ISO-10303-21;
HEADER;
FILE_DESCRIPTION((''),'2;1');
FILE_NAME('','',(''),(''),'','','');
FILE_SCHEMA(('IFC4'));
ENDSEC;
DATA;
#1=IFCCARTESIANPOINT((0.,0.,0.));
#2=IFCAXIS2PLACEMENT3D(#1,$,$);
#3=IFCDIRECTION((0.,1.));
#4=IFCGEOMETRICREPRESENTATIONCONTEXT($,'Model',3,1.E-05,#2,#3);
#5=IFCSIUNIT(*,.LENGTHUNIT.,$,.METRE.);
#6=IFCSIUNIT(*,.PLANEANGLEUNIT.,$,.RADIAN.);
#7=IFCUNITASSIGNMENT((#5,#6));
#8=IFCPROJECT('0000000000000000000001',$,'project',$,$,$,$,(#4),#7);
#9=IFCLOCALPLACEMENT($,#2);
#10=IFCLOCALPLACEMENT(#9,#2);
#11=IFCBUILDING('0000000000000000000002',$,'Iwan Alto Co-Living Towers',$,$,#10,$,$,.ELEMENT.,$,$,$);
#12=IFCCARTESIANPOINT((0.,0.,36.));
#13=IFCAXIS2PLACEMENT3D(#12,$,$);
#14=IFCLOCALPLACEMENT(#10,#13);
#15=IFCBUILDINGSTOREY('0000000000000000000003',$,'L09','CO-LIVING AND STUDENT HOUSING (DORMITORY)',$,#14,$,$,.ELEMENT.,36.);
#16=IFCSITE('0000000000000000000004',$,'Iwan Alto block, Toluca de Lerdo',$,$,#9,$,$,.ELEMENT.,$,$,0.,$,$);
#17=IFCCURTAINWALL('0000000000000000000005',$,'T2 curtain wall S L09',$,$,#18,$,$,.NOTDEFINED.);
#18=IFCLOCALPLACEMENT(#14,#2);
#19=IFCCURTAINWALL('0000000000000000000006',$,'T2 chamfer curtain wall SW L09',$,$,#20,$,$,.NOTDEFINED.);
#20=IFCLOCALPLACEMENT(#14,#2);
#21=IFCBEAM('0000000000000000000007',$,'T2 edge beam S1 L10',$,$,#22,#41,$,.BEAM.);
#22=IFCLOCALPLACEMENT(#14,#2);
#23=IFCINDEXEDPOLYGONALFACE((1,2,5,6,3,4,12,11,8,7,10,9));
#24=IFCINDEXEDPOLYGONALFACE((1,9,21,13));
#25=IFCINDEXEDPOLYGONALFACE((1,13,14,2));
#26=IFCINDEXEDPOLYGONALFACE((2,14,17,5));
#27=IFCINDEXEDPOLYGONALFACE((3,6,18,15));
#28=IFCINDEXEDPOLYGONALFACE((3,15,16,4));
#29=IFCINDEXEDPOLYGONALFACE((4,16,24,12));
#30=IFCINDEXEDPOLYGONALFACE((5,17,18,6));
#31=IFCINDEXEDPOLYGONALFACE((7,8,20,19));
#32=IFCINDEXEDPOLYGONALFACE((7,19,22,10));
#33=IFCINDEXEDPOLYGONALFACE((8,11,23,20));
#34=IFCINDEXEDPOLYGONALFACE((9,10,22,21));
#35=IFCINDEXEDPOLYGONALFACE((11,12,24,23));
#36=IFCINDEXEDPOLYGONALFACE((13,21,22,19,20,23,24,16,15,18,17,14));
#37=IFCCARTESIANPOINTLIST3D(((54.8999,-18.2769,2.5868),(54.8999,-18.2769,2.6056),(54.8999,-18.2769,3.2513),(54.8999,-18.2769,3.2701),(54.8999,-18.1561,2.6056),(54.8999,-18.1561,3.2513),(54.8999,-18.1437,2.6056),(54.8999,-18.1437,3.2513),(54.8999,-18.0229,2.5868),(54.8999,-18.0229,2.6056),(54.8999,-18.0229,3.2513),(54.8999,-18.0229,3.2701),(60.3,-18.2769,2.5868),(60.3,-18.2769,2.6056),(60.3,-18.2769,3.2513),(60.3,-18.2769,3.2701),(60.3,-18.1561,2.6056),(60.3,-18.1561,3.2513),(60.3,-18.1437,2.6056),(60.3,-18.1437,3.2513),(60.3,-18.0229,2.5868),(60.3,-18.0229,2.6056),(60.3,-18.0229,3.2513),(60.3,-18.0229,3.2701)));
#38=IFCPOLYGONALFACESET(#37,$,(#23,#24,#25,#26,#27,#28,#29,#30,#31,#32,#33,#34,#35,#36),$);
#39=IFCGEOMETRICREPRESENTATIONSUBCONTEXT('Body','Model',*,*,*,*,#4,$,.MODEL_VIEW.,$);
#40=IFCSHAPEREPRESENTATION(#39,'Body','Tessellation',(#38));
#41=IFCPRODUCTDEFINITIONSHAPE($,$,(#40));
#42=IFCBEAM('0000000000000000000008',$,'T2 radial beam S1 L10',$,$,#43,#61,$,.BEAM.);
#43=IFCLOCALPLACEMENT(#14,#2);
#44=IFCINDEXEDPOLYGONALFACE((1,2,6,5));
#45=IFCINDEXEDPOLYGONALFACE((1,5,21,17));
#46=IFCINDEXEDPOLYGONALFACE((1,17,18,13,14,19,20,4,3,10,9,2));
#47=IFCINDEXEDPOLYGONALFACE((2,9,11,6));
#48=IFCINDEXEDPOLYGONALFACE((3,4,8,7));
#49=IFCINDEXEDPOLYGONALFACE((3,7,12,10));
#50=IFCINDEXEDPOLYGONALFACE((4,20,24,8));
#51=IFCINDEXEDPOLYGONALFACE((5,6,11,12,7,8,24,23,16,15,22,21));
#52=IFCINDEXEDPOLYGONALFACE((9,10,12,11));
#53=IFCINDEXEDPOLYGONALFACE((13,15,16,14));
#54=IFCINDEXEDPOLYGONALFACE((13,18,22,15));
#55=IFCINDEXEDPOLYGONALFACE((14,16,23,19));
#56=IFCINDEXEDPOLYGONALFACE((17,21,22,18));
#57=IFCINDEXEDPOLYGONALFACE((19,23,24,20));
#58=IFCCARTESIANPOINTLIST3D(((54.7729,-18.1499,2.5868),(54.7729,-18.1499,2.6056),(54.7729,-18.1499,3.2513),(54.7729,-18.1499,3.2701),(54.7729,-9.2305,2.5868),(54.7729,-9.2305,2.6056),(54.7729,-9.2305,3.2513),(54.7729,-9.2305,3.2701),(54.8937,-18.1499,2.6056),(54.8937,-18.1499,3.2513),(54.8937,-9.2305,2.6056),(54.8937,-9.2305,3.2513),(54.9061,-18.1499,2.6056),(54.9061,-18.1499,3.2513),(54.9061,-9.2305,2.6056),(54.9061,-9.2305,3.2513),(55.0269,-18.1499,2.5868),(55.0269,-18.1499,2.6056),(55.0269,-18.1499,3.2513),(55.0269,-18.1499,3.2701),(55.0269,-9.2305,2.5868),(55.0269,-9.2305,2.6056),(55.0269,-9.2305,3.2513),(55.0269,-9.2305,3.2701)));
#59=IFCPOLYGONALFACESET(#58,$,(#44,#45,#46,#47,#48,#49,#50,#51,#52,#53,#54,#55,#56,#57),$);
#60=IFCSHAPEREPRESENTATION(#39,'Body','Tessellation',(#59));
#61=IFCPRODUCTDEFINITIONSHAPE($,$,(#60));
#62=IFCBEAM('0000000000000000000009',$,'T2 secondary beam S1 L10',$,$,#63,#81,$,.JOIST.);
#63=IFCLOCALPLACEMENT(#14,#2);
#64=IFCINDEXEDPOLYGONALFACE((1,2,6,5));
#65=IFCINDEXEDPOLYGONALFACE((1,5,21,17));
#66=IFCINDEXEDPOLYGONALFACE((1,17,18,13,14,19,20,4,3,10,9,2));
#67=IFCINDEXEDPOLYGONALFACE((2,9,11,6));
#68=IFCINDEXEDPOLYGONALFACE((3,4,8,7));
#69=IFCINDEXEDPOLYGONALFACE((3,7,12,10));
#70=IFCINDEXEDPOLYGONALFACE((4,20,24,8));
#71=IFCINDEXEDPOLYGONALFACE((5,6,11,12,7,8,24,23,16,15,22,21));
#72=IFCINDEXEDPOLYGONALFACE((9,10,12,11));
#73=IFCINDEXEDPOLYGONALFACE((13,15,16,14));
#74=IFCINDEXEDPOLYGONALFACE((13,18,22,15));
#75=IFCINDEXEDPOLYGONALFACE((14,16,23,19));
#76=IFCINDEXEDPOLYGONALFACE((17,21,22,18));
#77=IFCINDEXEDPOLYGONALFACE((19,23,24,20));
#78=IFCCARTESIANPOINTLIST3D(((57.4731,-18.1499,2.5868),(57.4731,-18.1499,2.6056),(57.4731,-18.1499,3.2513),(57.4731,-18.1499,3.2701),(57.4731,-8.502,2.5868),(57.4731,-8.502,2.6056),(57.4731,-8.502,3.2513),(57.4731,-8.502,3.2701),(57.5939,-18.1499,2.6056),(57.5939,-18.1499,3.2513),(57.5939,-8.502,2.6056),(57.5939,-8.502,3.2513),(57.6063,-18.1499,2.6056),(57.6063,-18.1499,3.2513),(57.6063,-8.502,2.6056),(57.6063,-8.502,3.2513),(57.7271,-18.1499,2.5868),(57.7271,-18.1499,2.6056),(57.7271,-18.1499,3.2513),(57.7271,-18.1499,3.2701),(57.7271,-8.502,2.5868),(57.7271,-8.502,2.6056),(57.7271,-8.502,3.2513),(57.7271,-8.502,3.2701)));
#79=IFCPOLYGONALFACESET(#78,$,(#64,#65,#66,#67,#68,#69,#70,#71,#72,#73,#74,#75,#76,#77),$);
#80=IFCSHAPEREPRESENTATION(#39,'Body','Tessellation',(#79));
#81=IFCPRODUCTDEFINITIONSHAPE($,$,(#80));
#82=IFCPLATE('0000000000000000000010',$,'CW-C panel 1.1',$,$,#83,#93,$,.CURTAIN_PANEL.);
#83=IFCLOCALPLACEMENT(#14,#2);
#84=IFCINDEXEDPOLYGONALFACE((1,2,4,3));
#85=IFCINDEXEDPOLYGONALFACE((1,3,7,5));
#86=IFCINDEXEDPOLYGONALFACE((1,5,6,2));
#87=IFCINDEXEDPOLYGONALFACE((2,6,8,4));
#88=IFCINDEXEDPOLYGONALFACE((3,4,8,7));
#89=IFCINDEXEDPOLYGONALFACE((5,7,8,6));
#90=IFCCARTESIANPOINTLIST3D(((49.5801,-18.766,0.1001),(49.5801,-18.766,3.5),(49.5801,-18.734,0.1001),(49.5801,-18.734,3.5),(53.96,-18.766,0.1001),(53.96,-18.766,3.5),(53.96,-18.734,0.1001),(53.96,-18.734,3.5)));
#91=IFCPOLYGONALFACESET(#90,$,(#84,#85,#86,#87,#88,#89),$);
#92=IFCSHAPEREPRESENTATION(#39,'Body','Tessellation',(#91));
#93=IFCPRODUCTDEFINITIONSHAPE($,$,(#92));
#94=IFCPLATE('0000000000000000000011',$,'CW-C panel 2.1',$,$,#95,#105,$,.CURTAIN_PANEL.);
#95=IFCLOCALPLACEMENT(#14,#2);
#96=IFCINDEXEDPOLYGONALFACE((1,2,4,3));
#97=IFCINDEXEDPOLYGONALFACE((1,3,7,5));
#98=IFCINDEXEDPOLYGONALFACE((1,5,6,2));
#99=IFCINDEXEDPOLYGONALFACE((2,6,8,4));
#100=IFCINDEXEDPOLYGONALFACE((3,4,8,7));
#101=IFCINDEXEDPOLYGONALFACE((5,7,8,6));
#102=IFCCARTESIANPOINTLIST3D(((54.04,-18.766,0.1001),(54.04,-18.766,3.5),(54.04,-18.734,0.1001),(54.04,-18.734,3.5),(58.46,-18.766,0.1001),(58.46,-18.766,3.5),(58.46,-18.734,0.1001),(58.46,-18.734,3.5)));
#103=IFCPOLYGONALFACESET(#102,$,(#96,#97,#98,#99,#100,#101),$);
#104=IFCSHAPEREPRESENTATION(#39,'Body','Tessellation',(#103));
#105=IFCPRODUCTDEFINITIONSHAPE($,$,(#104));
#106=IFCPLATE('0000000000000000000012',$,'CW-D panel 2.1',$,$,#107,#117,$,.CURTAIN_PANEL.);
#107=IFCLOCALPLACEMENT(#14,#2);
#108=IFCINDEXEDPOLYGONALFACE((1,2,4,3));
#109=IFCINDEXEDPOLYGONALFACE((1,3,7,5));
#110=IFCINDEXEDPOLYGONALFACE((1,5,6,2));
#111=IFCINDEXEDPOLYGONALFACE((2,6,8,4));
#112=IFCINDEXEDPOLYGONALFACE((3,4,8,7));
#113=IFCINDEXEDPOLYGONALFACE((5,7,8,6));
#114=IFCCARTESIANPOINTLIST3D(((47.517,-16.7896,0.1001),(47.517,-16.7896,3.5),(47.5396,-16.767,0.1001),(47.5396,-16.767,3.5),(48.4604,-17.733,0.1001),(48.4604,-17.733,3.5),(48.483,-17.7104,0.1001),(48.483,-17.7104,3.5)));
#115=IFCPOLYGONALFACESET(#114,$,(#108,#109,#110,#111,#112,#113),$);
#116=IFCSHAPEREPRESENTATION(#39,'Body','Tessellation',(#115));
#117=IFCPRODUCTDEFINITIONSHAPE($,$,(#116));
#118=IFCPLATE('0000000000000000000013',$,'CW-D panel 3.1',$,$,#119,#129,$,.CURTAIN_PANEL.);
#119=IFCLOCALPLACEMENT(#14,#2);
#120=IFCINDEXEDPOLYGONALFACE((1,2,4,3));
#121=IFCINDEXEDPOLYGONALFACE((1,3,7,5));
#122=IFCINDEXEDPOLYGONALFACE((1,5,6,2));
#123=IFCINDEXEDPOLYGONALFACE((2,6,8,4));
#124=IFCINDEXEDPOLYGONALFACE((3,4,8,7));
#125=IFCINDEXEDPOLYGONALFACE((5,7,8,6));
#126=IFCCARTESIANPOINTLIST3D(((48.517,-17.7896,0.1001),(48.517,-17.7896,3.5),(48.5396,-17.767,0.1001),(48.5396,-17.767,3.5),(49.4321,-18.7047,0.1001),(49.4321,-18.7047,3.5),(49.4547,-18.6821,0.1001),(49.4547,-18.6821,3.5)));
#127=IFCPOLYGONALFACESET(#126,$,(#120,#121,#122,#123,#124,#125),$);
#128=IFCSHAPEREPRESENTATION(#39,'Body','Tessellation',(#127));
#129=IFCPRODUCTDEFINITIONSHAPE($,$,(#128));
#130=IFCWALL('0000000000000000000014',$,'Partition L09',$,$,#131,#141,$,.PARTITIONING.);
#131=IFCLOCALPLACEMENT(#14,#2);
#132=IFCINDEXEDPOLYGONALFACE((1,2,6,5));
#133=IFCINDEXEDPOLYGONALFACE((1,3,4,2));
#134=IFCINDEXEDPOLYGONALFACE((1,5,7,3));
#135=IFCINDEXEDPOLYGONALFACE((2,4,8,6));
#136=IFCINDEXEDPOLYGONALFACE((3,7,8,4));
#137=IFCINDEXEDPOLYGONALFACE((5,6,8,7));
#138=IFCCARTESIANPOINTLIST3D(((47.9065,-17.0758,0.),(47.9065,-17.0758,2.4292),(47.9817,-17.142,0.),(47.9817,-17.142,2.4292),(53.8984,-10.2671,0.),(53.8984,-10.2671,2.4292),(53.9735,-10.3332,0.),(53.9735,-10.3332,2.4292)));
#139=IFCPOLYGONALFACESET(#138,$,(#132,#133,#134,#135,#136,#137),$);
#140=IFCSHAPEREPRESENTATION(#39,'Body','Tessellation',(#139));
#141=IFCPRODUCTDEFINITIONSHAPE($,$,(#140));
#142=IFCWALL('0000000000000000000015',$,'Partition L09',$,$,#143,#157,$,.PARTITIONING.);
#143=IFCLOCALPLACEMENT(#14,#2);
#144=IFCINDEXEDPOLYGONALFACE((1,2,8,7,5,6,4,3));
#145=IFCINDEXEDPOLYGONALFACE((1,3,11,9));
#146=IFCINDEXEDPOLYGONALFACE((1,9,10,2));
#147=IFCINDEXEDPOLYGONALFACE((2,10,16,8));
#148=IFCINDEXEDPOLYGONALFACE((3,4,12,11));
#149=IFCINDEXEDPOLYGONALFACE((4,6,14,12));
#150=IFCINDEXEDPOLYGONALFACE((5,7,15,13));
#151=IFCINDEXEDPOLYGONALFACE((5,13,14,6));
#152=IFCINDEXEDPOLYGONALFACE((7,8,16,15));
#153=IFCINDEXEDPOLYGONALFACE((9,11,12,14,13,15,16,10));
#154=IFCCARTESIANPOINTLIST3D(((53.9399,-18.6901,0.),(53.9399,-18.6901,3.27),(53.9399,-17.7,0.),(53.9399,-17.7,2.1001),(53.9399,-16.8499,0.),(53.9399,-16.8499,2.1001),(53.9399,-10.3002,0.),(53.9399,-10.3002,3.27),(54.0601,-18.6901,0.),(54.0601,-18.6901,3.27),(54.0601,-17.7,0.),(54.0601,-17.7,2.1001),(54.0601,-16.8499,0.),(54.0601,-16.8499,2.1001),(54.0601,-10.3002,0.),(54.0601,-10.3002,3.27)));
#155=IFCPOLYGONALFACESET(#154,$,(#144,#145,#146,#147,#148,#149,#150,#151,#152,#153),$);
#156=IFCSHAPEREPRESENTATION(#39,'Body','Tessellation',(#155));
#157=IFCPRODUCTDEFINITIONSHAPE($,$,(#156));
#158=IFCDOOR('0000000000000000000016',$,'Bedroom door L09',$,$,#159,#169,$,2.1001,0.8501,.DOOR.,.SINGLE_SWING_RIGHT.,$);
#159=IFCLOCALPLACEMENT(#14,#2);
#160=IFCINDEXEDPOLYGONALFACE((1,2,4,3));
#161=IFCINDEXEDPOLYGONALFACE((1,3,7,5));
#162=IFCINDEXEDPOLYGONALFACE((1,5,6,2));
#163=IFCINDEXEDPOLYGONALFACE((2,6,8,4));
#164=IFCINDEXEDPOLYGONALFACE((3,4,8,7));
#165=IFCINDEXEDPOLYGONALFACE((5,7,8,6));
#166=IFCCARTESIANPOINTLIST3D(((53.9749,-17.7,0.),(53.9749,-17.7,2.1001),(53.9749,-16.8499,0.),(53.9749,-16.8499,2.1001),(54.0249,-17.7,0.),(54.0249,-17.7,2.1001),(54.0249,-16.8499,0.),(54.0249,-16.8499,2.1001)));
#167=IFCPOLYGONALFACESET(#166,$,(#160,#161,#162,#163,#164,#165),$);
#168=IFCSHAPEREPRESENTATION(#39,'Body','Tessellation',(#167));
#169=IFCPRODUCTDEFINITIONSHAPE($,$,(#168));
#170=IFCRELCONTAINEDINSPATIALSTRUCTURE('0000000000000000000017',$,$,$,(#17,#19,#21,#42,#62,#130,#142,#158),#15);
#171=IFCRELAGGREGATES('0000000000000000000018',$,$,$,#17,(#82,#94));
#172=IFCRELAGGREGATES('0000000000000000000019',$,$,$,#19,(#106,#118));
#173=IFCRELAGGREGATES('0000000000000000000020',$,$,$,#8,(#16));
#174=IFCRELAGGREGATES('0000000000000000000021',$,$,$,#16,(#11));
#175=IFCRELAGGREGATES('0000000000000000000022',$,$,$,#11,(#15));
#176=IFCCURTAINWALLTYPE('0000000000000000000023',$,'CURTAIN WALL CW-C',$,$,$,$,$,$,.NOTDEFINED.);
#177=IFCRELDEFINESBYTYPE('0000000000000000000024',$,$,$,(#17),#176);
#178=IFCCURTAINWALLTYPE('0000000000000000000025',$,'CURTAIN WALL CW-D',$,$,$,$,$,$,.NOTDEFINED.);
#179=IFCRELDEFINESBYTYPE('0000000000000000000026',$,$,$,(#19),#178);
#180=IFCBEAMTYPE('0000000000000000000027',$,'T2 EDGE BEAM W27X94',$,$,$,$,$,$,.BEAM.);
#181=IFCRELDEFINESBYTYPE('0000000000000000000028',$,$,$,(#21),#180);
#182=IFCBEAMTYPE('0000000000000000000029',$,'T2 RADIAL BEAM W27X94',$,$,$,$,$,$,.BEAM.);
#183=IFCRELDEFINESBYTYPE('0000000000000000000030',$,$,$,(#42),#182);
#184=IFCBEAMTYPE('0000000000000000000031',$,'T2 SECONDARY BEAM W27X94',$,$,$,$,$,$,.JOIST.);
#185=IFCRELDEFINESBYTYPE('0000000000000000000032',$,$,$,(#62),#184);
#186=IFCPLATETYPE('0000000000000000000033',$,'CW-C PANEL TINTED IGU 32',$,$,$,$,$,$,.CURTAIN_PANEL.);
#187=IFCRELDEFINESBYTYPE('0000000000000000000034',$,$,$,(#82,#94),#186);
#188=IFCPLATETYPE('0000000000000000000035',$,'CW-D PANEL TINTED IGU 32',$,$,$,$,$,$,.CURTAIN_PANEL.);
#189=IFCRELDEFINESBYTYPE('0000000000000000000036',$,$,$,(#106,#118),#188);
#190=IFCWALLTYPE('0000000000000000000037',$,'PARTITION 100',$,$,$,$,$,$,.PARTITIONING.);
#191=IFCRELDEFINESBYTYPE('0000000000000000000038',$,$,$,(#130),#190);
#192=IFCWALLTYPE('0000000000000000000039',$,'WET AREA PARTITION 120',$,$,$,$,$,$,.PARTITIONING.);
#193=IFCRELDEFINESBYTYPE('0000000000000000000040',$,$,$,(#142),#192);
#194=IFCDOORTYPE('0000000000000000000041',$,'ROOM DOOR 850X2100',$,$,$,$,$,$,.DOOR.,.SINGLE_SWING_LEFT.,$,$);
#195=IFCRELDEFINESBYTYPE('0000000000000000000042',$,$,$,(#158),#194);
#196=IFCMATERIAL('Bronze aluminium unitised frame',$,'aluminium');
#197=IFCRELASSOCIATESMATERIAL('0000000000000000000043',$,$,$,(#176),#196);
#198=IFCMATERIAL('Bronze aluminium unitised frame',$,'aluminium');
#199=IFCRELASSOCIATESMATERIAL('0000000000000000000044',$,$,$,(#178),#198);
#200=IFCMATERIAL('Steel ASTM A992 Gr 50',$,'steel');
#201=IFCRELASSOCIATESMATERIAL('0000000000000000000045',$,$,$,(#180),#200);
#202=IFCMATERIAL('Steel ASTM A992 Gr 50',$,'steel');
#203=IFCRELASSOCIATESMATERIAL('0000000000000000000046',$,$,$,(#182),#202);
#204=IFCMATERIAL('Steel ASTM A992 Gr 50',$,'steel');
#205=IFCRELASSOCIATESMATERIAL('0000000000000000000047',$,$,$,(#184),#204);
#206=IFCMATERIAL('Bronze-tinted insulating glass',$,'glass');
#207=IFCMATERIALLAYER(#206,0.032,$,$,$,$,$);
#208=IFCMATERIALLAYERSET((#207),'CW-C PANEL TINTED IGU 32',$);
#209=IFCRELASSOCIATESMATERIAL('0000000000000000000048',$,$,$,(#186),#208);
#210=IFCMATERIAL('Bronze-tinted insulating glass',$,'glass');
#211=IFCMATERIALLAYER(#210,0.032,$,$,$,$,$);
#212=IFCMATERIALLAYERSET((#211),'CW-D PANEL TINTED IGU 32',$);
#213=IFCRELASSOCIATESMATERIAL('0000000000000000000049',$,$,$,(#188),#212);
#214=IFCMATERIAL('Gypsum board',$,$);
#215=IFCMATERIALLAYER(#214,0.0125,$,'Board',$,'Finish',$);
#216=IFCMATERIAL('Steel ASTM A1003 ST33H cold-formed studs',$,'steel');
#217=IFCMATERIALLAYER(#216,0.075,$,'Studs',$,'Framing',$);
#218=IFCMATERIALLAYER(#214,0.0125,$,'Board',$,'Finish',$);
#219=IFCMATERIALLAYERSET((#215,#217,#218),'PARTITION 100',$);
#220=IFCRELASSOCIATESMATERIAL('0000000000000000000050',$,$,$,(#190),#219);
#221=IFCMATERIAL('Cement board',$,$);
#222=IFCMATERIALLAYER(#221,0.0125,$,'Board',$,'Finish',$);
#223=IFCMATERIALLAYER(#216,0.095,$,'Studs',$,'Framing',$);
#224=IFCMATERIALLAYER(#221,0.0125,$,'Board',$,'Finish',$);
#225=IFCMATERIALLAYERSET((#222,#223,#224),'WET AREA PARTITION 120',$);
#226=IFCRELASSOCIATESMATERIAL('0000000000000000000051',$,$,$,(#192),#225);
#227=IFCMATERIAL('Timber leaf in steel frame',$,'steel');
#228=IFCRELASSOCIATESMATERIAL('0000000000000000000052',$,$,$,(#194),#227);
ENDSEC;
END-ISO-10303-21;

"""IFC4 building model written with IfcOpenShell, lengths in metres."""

from ifc_helpers import new_model, si_unit, direction, frame, frame_2d, origin, origin_2d, place, context, subcontext, project, spatial, rectangle, i_section, extrude, material, layer, layer_set, material_profile, profile_set, type_object, element, fill, aggregate, save


model = new_model("IFC4")

# Units and contexts
model_context = context("Model", 3, precision=1e-05, world=origin(), true_north=direction((0.0, 1.0)))
body_context = subcontext(model_context, "Body", "Model", "MODEL_VIEW")
ifc_project = project(units=[si_unit("LENGTHUNIT", "METRE"), si_unit("PLANEANGLEUNIT", "RADIAN")], contexts=[model_context])

# Site, building, storey
site_placement = place(None, origin())
site = spatial("IfcSite", under=ifc_project, at=site_placement, Name="Iwan Alto block, Toluca de Lerdo", CompositionType="ELEMENT", RefElevation=0.0)
building_placement = place(site_placement, origin())
building = spatial("IfcBuilding", under=site, at=building_placement, Name="Iwan Alto Co-Living Towers", CompositionType="ELEMENT")
storey_placement = place(building_placement, frame((0.0, 0.0, 36.0)))
storey = spatial("IfcBuildingStorey", under=building, at=storey_placement, Name="L09", Description="CO-LIVING AND STUDENT HOUSING (DORMITORY)", CompositionType="ELEMENT", Elevation=36.0)

# Curtain walls
ifc_material_1 = material(Name="Bronze aluminium unitised frame", Category="aluminium")
curtain_wall_type_1 = type_object("IfcCurtainWallType", Name="CURTAIN WALL CW-C", PredefinedType="NOTDEFINED", material=ifc_material_1)
curtain_wall_1_placement = place(storey_placement, origin())
curtain_wall_1 = element("IfcCurtainWall", 1, at=curtain_wall_1_placement, inside=storey, type_object=curtain_wall_type_1, Name="T2 curtain wall S L09", PredefinedType="NOTDEFINED")
ifc_material_2 = material(Name="Bronze aluminium unitised frame", Category="aluminium")
curtain_wall_type_2 = type_object("IfcCurtainWallType", Name="CURTAIN WALL CW-D", PredefinedType="NOTDEFINED", material=ifc_material_2)
curtain_wall_2_placement = place(storey_placement, origin())
curtain_wall_2 = element("IfcCurtainWall", 2, at=curtain_wall_2_placement, inside=storey, type_object=curtain_wall_type_2, Name="T2 chamfer curtain wall SW L09", PredefinedType="NOTDEFINED")

# Beams
ifc_material_3 = material(Name="Steel ASTM A992 Gr 50", Category="steel")
ifc_material_profile_1 = material_profile(ifc_material_3, i_section(OverallWidth=0.2539, OverallDepth=0.6833, WebThickness=0.0125, FlangeThickness=0.0188, at=origin_2d()), Name="W27X94")
ifc_profile_set_1 = profile_set([ifc_material_profile_1], Name="Steel ASTM A992 Gr 50")
beam_type_1 = type_object("IfcBeamType", Name="T2 EDGE BEAM W27X94", PredefinedType="BEAM", material=ifc_profile_set_1)
beam_1_placement = place(storey_placement, frame((54.8999, -18.1499, 2.9285), z_axis=(1.0, 0.0, 0.0), x_axis=(0.0, 1.0, 0.0)))
element("IfcBeam", 3, at=beam_1_placement, inside=storey, type_object=beam_type_1, Name="T2 edge beam S1 L10", PredefinedType="BEAM", context=body_context, shape_type="SweptSolid", body=[
    extrude(i_section(OverallWidth=0.2539, OverallDepth=0.6833, WebThickness=0.0125, FlangeThickness=0.0188, at=origin_2d()), origin(), (0.0, 0.0, 1.0), 5.4001),
])
ifc_material_4 = material(Name="Steel ASTM A992 Gr 50", Category="steel")
ifc_material_profile_2 = material_profile(ifc_material_4, i_section(OverallWidth=0.2539, OverallDepth=0.6833, WebThickness=0.0125, FlangeThickness=0.0188, at=origin_2d()), Name="W27X94")
ifc_profile_set_2 = profile_set([ifc_material_profile_2], Name="Steel ASTM A992 Gr 50")
beam_type_2 = type_object("IfcBeamType", Name="T2 RADIAL BEAM W27X94", PredefinedType="BEAM", material=ifc_profile_set_2)
beam_2_placement = place(storey_placement, frame((54.8999, -18.1499, 2.9285), z_axis=(0.0, 1.0, 0.0), x_axis=(-1.0, 0.0, 0.0)))
element("IfcBeam", 4, at=beam_2_placement, inside=storey, type_object=beam_type_2, Name="T2 radial beam S1 L10", PredefinedType="BEAM", context=body_context, shape_type="SweptSolid", body=[
    extrude(i_section(OverallWidth=0.2539, OverallDepth=0.6833, WebThickness=0.0125, FlangeThickness=0.0188, at=origin_2d()), origin(), (0.0, 0.0, 1.0), 8.9194),
])
ifc_material_5 = material(Name="Steel ASTM A992 Gr 50", Category="steel")
ifc_material_profile_3 = material_profile(ifc_material_5, i_section(OverallWidth=0.2539, OverallDepth=0.6833, WebThickness=0.0125, FlangeThickness=0.0188, at=origin_2d()), Name="W27X94")
ifc_profile_set_3 = profile_set([ifc_material_profile_3], Name="Steel ASTM A992 Gr 50")
beam_type_3 = type_object("IfcBeamType", Name="T2 SECONDARY BEAM W27X94", PredefinedType="JOIST", material=ifc_profile_set_3)
beam_3_placement = place(storey_placement, frame((57.6001, -18.1499, 2.9285), z_axis=(0.0, 1.0, 0.0), x_axis=(-1.0, 0.0, 0.0)))
element("IfcBeam", 5, at=beam_3_placement, inside=storey, type_object=beam_type_3, Name="T2 secondary beam S1 L10", PredefinedType="JOIST", context=body_context, shape_type="SweptSolid", body=[
    extrude(i_section(OverallWidth=0.2539, OverallDepth=0.6833, WebThickness=0.0125, FlangeThickness=0.0188, at=origin_2d()), origin(), (0.0, 0.0, 1.0), 9.6479),
])

# Plates
ifc_material_6 = material(Name="Bronze-tinted insulating glass", Category="glass")
ifc_layer_1 = layer(ifc_material_6, 0.032)
ifc_layer_set_1 = layer_set([ifc_layer_1], Name="CW-C PANEL TINTED IGU 32")
plate_type_1 = type_object("IfcPlateType", Name="CW-C PANEL TINTED IGU 32", PredefinedType="CURTAIN_PANEL", material=ifc_layer_set_1)
plate_1_placement = place(storey_placement, frame((51.77, -18.75, 0.1001), z_axis=(0.0, 0.0, 1.0), x_axis=(1.0, 0.0, 0.0)))
plate_1 = element("IfcPlate", 6, at=plate_1_placement, type_object=plate_type_1, Name="CW-C panel 1.1", PredefinedType="CURTAIN_PANEL", context=body_context, shape_type="SweptSolid", body=[
    extrude(rectangle(XDim=4.3799, YDim=0.032, at=origin_2d()), origin(), (0.0, 0.0, 1.0), 3.3999),
])
plate_2_placement = place(storey_placement, frame((56.25, -18.75, 0.1001), z_axis=(0.0, 0.0, 1.0), x_axis=(1.0, 0.0, 0.0)))
plate_2 = element("IfcPlate", 7, at=plate_2_placement, type_object=plate_type_1, Name="CW-C panel 2.1", PredefinedType="CURTAIN_PANEL", context=body_context, shape_type="SweptSolid", body=[
    extrude(rectangle(XDim=4.4199, YDim=0.032, at=origin_2d()), origin(), (0.0, 0.0, 1.0), 3.3999),
])
aggregate(curtain_wall_1, [plate_1, plate_2])
ifc_material_7 = material(Name="Bronze-tinted insulating glass", Category="glass")
ifc_layer_2 = layer(ifc_material_7, 0.032)
ifc_layer_set_2 = layer_set([ifc_layer_2], Name="CW-D PANEL TINTED IGU 32")
plate_type_2 = type_object("IfcPlateType", Name="CW-D PANEL TINTED IGU 32", PredefinedType="CURTAIN_PANEL", material=ifc_layer_set_2)
plate_3_placement = place(storey_placement, frame((48.0, -17.25, 0.1001), z_axis=(0.0, 0.0, 1.0), x_axis=(0.707107, -0.707107, 0.0)))
plate_3 = element("IfcPlate", 8, at=plate_3_placement, type_object=plate_type_2, Name="CW-D panel 2.1", PredefinedType="CURTAIN_PANEL", context=body_context, shape_type="SweptSolid", body=[
    extrude(rectangle(XDim=1.3342, YDim=0.032, at=origin_2d()), origin(), (0.0, 0.0, 1.0), 3.3999),
])
plate_4_placement = place(storey_placement, frame((48.9858, -18.2358, 0.1001), z_axis=(0.0, 0.0, 1.0), x_axis=(0.707107, -0.707107, 0.0)))
plate_4 = element("IfcPlate", 9, at=plate_4_placement, type_object=plate_type_2, Name="CW-D panel 3.1", PredefinedType="CURTAIN_PANEL", context=body_context, shape_type="SweptSolid", body=[
    extrude(rectangle(XDim=1.2942, YDim=0.032, at=origin_2d()), origin(), (0.0, 0.0, 1.0), 3.3999),
])
aggregate(curtain_wall_2, [plate_3, plate_4])

# Wall
ifc_material_8 = material(Name="Gypsum board")
ifc_layer_3 = layer(ifc_material_8, 0.0125, Name="Board", Category="Finish")
ifc_material_9 = material(Name="Steel ASTM A1003 ST33H cold-formed studs", Category="steel")
ifc_layer_4 = layer(ifc_material_9, 0.075, Name="Studs", Category="Framing")
ifc_layer_5 = layer(ifc_material_8, 0.0125, Name="Board", Category="Finish")
ifc_layer_set_3 = layer_set([ifc_layer_3, ifc_layer_4, ifc_layer_5], Name="PARTITION 100")
wall_type_1 = type_object("IfcWallType", Name="PARTITION 100", PredefinedType="PARTITIONING", material=ifc_layer_set_3)
wall_1_placement = place(storey_placement, frame((47.9441, -17.1089, 0.0), z_axis=(0.0, 0.0, 1.0), x_axis=(0.660638, 0.750704, 0.0)))
element("IfcWall", 10, at=wall_1_placement, inside=storey, type_object=wall_type_1, Name="Partition L09", PredefinedType="PARTITIONING", context=body_context, shape_type="SweptSolid", body=[
    extrude(rectangle(XDim=9.0698, YDim=0.1001, at=frame_2d((4.5349, 0.0))), origin(), (0.0, 0.0, 1.0), 2.4292),
])

# Wall, opening, door
ifc_material_10 = material(Name="Cement board")
ifc_layer_6 = layer(ifc_material_10, 0.0125, Name="Board", Category="Finish")
ifc_layer_7 = layer(ifc_material_9, 0.095, Name="Studs", Category="Framing")
ifc_layer_8 = layer(ifc_material_10, 0.0125, Name="Board", Category="Finish")
ifc_layer_set_4 = layer_set([ifc_layer_6, ifc_layer_7, ifc_layer_8], Name="WET AREA PARTITION 120")
wall_type_2 = type_object("IfcWallType", Name="WET AREA PARTITION 120", PredefinedType="PARTITIONING", material=ifc_layer_set_4)
wall_2_placement = place(storey_placement, frame((54.0, -18.6899, 0.0), z_axis=(0.0, 0.0, 1.0), x_axis=(0.0, 1.0, 0.0)))
wall_2 = element("IfcWall", 11, at=wall_2_placement, inside=storey, type_object=wall_type_2, Name="Partition L09", PredefinedType="PARTITIONING", context=body_context, shape_type="SweptSolid", body=[
    extrude(rectangle(XDim=8.3899, YDim=0.1201, at=frame_2d((4.1948, 0.0))), origin(), (0.0, 0.0, 1.0), 3.27),
])
opening_placement = place(wall_2_placement, frame((0.99, 0.0, 0.0)))
opening = element("IfcOpeningElement", 12, at=opening_placement, cuts=wall_2, PredefinedType="OPENING", context=body_context, shape_type="SweptSolid", body=[
    extrude(rectangle(XDim=0.8501, YDim=2.1001, at=frame_2d((0.425, 1.05))), frame((0.0, 0.0701, 0.0), z_axis=(0.0, -1.0, 0.0), x_axis=(1.0, 0.0, 0.0)), (0.0, 0.0, 1.0), 0.1401),
])
ifc_material_11 = material(Name="Timber leaf in steel frame", Category="steel")
door_type = type_object("IfcDoorType", Name="ROOM DOOR 850X2100", OperationType="SINGLE_SWING_LEFT", PredefinedType="DOOR", material=ifc_material_11)
door_placement = place(opening_placement, frame((0.8501, 0.0, 0.0), z_axis=(0.0, 0.0, 1.0), x_axis=(-1.0, 0.0, 0.0)))
door = element("IfcDoor", 13, at=door_placement, inside=storey, type_object=door_type, Name="Bedroom door L09", OperationType="SINGLE_SWING_RIGHT", OverallHeight=2.1001, OverallWidth=0.8501, PredefinedType="DOOR", context=body_context, shape_type="SweptSolid", body=[
    extrude(rectangle(XDim=0.8501, YDim=2.1001, at=frame_2d((0.425, 1.05))), frame((0.0, 0.0249, 0.0), z_axis=(0.0, -1.0, 0.0), x_axis=(1.0, 0.0, 0.0)), (0.0, 0.0, 1.0), 0.05),
])
fill(opening, door)

save(model, "model.ifc")
